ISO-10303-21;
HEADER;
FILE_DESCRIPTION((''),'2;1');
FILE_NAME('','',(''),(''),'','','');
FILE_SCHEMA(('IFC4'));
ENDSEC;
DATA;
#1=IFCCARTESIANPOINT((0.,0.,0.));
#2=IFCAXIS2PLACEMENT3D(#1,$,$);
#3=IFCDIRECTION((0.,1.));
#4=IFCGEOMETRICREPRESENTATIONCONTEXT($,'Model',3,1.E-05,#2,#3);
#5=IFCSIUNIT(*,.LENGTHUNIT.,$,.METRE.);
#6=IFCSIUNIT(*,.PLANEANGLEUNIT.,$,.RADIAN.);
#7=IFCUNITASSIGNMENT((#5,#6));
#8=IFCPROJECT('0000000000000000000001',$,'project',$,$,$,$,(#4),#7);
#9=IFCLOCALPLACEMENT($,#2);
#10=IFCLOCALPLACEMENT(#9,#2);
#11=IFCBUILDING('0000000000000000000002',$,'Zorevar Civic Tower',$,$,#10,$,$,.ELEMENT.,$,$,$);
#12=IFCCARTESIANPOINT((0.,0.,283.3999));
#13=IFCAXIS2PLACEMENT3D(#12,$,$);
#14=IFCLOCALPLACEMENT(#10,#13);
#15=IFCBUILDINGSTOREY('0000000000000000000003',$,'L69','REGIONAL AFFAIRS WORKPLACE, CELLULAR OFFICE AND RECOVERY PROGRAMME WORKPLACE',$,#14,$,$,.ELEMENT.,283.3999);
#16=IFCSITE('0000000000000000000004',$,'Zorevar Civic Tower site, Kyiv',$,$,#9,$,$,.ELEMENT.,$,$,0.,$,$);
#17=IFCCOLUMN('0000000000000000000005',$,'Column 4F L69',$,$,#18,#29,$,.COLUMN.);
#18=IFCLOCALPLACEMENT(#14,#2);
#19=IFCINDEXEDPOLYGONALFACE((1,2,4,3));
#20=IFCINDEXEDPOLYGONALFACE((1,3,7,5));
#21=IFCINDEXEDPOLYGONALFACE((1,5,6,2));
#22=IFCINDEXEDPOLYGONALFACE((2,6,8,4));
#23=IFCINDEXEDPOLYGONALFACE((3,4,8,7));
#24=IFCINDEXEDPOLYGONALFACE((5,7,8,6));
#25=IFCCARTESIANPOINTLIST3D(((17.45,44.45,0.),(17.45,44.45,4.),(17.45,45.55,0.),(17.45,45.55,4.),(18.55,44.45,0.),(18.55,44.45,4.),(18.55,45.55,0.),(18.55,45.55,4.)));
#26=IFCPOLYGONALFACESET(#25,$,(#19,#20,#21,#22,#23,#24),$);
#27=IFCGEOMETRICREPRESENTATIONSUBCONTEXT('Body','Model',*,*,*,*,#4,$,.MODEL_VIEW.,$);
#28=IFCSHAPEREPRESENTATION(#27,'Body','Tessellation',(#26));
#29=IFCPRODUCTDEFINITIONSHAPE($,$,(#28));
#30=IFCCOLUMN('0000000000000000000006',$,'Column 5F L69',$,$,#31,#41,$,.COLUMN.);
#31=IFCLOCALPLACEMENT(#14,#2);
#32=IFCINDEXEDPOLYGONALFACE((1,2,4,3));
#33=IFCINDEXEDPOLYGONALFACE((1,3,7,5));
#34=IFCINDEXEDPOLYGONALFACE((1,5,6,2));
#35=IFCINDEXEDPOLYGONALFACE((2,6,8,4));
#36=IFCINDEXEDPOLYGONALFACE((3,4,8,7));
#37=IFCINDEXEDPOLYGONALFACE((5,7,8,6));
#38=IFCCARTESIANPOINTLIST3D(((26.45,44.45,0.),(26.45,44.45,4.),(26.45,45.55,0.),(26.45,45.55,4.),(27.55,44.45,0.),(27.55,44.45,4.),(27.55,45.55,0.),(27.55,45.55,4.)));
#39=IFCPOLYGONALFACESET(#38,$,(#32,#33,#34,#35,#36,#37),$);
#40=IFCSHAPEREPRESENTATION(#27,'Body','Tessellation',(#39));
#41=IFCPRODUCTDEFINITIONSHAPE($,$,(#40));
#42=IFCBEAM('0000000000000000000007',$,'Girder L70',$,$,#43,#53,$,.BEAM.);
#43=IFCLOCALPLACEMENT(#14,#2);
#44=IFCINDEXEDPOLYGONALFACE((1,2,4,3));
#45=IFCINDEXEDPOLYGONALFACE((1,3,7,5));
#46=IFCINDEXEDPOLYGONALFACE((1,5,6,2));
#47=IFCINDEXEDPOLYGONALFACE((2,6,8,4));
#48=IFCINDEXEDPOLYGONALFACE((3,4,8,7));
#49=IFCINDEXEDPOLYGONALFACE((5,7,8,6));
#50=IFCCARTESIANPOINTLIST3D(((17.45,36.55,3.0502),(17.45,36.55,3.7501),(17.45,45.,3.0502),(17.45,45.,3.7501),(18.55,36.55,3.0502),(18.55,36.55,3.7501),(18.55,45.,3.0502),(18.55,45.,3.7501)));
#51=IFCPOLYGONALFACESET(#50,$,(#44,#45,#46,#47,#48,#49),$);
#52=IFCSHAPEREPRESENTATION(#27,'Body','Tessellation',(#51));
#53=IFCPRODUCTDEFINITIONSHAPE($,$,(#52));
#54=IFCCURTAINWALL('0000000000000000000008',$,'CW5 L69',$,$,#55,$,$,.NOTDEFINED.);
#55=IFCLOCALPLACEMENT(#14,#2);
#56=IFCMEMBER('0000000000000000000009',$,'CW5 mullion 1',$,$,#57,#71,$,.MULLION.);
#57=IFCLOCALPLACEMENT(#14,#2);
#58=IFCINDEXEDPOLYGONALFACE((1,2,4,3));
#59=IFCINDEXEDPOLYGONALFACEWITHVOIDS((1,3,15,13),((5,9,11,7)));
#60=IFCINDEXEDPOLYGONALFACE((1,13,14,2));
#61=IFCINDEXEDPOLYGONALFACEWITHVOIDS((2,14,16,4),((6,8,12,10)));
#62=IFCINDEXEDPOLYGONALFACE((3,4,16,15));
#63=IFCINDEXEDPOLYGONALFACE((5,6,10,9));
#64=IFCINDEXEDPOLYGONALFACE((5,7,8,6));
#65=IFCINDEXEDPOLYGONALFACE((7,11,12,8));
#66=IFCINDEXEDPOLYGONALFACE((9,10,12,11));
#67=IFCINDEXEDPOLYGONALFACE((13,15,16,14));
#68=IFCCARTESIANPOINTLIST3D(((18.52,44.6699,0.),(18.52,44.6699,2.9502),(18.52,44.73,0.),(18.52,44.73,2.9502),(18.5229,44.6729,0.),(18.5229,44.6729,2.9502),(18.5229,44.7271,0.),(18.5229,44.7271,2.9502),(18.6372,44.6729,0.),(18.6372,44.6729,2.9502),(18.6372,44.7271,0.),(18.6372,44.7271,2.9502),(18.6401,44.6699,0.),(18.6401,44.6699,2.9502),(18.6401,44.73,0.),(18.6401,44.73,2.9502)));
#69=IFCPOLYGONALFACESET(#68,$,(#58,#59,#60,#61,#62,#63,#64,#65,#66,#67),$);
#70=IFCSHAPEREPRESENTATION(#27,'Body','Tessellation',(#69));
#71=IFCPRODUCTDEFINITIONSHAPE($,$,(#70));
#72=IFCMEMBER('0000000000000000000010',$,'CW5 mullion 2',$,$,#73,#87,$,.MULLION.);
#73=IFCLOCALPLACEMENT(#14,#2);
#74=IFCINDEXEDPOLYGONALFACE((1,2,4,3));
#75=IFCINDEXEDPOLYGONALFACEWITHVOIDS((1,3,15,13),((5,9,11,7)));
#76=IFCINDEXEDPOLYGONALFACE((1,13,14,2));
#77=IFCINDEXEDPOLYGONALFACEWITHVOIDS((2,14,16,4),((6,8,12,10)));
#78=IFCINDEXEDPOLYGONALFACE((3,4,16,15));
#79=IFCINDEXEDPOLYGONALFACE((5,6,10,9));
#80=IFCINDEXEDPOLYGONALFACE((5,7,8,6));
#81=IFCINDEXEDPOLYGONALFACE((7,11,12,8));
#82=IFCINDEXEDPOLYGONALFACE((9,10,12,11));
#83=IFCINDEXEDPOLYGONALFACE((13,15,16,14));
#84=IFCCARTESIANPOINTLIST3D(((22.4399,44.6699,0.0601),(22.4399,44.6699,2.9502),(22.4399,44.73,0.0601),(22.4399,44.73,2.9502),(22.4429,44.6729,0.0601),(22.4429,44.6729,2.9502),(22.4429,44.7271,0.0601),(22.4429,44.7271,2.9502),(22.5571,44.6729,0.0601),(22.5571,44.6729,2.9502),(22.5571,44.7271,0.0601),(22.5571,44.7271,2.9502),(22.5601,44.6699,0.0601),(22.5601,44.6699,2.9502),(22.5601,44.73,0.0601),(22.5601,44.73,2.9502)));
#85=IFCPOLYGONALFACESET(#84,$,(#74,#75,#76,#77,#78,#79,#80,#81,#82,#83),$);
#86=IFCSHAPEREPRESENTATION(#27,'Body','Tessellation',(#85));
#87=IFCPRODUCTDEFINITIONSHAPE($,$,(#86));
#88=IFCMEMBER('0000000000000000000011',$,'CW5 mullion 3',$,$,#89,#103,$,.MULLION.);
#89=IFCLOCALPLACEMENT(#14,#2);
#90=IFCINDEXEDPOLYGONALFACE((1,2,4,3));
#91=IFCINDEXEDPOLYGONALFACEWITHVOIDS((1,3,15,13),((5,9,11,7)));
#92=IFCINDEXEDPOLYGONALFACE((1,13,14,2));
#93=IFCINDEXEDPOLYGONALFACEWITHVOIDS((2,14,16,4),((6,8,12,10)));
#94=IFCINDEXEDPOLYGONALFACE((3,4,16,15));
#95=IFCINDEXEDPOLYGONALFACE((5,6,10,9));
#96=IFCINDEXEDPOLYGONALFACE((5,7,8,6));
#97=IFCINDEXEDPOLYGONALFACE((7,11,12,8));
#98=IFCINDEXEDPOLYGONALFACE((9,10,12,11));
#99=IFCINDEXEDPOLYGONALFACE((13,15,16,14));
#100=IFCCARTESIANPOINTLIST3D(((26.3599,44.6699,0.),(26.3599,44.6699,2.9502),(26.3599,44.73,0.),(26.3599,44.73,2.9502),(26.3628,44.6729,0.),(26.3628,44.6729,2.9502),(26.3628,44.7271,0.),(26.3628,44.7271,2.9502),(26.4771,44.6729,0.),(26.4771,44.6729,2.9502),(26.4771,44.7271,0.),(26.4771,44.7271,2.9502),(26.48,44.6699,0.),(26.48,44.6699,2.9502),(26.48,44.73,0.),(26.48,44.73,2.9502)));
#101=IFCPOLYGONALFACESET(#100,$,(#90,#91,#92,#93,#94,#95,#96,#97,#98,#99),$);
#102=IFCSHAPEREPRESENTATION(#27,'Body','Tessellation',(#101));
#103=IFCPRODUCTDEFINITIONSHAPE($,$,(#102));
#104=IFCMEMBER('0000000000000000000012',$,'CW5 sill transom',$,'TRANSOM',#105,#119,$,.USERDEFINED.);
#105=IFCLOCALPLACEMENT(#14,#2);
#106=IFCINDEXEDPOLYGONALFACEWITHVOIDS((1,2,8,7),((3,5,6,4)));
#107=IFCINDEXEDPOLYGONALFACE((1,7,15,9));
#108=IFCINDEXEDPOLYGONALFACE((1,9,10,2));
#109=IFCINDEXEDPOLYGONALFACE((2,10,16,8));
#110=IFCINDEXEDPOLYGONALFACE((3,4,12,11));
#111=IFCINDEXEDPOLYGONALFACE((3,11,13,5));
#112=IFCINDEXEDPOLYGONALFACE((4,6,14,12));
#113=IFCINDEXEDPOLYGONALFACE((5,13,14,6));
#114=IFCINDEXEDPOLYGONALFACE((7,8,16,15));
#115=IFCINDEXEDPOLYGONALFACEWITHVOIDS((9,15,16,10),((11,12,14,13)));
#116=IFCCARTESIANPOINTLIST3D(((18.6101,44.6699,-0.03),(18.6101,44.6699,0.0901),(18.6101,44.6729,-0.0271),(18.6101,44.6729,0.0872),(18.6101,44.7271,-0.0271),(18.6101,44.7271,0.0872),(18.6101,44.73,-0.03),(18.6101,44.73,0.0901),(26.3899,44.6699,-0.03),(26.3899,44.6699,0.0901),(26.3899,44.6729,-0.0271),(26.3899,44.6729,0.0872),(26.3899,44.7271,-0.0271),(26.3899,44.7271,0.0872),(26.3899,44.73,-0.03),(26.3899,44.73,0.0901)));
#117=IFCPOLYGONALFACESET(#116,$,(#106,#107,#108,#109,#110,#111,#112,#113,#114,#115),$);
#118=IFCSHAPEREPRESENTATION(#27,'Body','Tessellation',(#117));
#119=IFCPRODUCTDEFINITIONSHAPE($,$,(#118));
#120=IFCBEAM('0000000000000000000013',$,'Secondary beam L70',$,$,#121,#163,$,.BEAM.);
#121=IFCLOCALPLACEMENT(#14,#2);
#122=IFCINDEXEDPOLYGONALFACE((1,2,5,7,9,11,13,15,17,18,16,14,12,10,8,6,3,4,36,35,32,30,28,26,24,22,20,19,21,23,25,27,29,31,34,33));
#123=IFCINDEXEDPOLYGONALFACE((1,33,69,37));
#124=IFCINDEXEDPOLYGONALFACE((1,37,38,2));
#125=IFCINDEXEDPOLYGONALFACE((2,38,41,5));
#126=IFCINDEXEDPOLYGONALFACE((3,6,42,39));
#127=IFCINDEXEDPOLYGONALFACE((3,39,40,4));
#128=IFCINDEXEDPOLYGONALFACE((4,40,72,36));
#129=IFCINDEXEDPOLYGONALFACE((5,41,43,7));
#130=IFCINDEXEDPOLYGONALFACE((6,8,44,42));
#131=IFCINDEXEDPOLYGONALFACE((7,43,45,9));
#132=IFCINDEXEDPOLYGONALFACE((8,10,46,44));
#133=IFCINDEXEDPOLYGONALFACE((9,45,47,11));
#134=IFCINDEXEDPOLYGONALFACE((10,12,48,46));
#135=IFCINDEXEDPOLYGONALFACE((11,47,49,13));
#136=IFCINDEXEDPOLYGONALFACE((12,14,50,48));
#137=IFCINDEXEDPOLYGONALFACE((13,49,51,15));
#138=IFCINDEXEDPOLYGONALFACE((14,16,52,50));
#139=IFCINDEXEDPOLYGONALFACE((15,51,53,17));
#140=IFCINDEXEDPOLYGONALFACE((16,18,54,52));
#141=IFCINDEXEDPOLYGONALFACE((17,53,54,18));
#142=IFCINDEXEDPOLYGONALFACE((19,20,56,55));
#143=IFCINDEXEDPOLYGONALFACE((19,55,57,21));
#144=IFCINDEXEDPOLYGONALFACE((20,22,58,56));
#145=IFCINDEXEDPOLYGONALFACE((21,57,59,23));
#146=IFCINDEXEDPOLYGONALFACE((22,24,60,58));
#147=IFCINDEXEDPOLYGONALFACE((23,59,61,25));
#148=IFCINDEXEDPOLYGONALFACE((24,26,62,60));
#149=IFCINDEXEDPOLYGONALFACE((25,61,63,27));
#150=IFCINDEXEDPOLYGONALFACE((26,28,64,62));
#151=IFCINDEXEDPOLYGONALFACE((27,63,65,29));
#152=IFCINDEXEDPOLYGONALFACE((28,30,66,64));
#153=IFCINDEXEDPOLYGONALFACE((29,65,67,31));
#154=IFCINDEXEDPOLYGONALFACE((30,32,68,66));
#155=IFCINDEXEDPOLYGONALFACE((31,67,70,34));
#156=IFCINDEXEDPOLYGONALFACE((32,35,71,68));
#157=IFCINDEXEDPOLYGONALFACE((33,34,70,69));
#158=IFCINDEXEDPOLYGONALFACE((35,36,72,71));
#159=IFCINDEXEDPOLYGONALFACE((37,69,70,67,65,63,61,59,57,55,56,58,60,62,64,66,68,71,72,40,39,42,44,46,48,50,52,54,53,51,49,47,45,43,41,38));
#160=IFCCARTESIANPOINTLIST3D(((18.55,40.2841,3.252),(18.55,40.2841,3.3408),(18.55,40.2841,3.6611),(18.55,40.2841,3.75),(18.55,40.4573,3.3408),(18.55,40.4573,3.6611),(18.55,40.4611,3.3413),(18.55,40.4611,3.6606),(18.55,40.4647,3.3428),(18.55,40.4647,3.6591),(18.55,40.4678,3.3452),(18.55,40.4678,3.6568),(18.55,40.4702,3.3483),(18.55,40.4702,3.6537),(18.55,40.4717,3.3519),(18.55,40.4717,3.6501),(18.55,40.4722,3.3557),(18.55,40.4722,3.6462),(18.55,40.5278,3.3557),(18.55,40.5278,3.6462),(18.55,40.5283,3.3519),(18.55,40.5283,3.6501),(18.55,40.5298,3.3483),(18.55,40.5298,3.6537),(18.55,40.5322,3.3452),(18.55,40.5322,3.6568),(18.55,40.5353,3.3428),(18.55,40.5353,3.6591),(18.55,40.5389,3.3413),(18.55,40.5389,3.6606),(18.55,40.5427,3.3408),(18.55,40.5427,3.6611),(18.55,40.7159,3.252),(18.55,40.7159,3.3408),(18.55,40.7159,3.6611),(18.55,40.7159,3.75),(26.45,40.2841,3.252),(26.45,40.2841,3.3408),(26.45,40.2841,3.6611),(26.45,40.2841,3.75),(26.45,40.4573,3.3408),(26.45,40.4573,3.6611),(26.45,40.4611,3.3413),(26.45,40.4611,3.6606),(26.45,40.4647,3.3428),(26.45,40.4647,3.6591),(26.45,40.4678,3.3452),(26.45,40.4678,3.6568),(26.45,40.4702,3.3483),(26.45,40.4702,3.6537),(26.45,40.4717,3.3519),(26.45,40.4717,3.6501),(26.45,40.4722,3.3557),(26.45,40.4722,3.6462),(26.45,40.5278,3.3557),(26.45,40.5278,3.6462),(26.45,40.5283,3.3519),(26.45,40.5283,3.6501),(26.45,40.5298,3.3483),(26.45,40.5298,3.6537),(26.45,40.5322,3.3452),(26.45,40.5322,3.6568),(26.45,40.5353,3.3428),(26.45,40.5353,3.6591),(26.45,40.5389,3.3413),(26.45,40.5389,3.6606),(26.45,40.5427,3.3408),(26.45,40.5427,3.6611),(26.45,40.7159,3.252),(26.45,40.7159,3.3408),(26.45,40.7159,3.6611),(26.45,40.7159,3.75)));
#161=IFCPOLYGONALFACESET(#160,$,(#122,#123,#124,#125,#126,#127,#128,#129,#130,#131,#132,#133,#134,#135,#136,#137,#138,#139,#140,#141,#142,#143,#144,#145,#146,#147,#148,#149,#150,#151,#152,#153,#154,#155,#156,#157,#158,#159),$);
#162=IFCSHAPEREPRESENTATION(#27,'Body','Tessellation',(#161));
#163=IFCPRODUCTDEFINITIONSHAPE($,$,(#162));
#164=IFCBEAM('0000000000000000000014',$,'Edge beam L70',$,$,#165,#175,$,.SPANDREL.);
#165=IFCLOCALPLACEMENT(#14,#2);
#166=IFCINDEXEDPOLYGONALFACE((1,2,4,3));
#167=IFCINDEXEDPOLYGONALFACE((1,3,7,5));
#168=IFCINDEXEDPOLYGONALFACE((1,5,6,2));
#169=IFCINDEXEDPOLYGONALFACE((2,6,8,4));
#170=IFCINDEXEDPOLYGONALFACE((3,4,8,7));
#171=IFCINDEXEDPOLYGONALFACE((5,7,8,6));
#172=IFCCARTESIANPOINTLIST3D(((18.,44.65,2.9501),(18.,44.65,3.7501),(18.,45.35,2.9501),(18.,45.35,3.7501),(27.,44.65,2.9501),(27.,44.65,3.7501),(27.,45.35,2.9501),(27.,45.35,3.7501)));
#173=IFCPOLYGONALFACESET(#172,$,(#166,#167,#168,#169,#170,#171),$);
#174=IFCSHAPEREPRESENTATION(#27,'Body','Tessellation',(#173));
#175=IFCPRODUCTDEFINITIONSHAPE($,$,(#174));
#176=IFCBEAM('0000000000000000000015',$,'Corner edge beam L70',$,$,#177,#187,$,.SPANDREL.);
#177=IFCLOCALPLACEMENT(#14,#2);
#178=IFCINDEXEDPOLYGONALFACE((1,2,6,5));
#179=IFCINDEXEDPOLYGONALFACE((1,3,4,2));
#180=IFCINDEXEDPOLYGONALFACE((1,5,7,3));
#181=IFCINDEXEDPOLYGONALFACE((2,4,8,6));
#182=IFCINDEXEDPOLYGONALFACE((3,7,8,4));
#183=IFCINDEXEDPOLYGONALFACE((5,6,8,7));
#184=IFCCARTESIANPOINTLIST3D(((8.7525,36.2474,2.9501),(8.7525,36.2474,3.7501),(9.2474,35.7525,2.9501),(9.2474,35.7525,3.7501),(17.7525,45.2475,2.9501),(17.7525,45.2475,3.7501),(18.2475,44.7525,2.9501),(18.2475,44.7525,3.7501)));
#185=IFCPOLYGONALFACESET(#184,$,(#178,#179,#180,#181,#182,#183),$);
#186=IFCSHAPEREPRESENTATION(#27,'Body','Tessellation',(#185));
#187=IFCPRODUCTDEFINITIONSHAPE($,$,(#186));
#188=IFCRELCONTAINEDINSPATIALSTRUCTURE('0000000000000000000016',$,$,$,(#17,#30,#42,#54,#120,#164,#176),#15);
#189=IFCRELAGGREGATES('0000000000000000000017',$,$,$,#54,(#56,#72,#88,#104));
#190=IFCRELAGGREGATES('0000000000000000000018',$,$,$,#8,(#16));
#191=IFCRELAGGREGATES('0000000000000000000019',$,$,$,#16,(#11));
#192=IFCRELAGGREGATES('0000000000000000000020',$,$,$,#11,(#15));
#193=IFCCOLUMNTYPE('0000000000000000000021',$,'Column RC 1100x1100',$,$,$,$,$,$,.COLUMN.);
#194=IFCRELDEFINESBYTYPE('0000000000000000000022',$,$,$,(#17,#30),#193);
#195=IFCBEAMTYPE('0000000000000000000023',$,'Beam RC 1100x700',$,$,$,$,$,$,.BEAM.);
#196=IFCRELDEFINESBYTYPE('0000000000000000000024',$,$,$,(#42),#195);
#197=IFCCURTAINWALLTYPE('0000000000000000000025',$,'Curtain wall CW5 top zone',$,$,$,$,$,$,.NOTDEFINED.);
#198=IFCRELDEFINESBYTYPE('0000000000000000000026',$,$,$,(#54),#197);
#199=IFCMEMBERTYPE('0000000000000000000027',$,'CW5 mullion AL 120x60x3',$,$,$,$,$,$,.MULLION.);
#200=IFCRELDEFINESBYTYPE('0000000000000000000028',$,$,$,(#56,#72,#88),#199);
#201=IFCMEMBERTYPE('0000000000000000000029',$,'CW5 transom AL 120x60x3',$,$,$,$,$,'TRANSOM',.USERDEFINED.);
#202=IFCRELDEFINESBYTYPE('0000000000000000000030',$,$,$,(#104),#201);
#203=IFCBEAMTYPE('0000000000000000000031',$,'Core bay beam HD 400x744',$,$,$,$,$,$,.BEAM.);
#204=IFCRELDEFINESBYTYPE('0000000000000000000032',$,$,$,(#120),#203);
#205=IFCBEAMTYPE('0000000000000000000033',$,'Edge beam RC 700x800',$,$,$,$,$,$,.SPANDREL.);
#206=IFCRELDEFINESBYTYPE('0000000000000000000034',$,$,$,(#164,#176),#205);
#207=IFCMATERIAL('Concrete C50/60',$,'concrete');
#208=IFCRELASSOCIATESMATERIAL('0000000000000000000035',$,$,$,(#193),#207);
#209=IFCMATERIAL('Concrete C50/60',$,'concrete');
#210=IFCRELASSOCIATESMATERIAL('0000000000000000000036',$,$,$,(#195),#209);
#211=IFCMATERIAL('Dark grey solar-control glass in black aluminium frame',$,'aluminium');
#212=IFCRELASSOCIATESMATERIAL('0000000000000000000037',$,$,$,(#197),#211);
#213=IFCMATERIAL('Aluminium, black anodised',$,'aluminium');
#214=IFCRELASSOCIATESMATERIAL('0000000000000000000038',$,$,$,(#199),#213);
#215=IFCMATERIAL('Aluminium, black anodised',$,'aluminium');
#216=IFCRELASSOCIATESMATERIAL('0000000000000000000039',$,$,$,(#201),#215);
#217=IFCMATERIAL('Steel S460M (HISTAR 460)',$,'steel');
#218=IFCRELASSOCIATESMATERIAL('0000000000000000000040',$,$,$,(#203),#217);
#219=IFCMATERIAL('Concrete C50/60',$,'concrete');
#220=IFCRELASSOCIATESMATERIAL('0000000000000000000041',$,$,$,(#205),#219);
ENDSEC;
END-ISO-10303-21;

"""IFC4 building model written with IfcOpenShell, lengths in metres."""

from ifc_helpers import new_model, si_unit, direction, frame, origin, origin_2d, place, context, subcontext, project, spatial, rectangle, hollow_rectangle, i_section, extrude, material, material_profile, profile_set, type_object, element, aggregate, save


model = new_model("IFC4")

# Units and contexts
model_context = context("Model", 3, precision=1e-05, world=origin(), true_north=direction((0.0, 1.0)))
body_context = subcontext(model_context, "Body", "Model", "MODEL_VIEW")
ifc_project = project(units=[si_unit("LENGTHUNIT", "METRE"), si_unit("PLANEANGLEUNIT", "RADIAN")], contexts=[model_context])

# Site, building, storey
site_placement = place(None, origin())
site = spatial("IfcSite", under=ifc_project, at=site_placement, Name="Zorevar Civic Tower site, Kyiv", CompositionType="ELEMENT", RefElevation=0.0)
building_placement = place(site_placement, origin())
building = spatial("IfcBuilding", under=site, at=building_placement, Name="Zorevar Civic Tower", CompositionType="ELEMENT")
storey_placement = place(building_placement, frame((0.0, 0.0, 283.3999)))
storey = spatial("IfcBuildingStorey", under=building, at=storey_placement, Name="L69", Description="REGIONAL AFFAIRS WORKPLACE, CELLULAR OFFICE AND RECOVERY PROGRAMME WORKPLACE", CompositionType="ELEMENT", Elevation=283.3999)

# Columns
ifc_material_1 = material(Name="Concrete C50/60", Category="concrete")
ifc_material_profile_1 = material_profile(ifc_material_1, rectangle(XDim=1.1001, YDim=1.1001, at=origin_2d()), Name="RC 1100x1100")
ifc_profile_set_1 = profile_set([ifc_material_profile_1], Name="Concrete C50/60")
column_type = type_object("IfcColumnType", Name="Column RC 1100x1100", PredefinedType="COLUMN", material=ifc_profile_set_1)
for number, where, z_axis, x_axis, name in (
    (1, (18.0, 45.0, 0.0), (0.0, 0.0, 1.0), (1.0, 0.0, 0.0), "Column 4F L69"),
    (2, (27.0, 45.0, 0.0), (0.0, 0.0, 1.0), (1.0, 0.0, 0.0), "Column 5F L69"),
):
    element("IfcColumn", number, at=place(storey_placement, frame(where, z_axis=z_axis, x_axis=x_axis)), inside=storey, type_object=column_type, Name=name, PredefinedType="COLUMN", context=body_context, shape_type="SweptSolid", body=[
        extrude(rectangle(XDim=1.1001, YDim=1.1001, at=origin_2d()), origin(), (0.0, 0.0, 1.0), 4.0),
    ])

# Beam
ifc_material_2 = material(Name="Concrete C50/60", Category="concrete")
ifc_material_profile_2 = material_profile(ifc_material_2, rectangle(XDim=1.1001, YDim=0.7, at=origin_2d()), Name="RC 1100x700")
ifc_profile_set_2 = profile_set([ifc_material_profile_2], Name="Concrete C50/60")
beam_type_1 = type_object("IfcBeamType", Name="Beam RC 1100x700", PredefinedType="BEAM", material=ifc_profile_set_2)
beam_1_placement = place(storey_placement, frame((18.0, 36.55, 3.4001), z_axis=(0.0, 1.0, 0.0), x_axis=(-1.0, 0.0, 0.0)))
element("IfcBeam", 3, at=beam_1_placement, inside=storey, type_object=beam_type_1, Name="Girder L70", PredefinedType="BEAM", context=body_context, shape_type="SweptSolid", body=[
    extrude(rectangle(XDim=1.1001, YDim=0.7, at=origin_2d()), origin(), (0.0, 0.0, 1.0), 8.45),
])

# Curtain wall, members
ifc_material_3 = material(Name="Dark grey solar-control glass in black aluminium frame", Category="aluminium")
curtain_wall_type = type_object("IfcCurtainWallType", Name="Curtain wall CW5 top zone", PredefinedType="NOTDEFINED", material=ifc_material_3)
curtain_wall_placement = place(storey_placement, origin())
curtain_wall = element("IfcCurtainWall", 4, at=curtain_wall_placement, inside=storey, type_object=curtain_wall_type, Name="CW5 L69", PredefinedType="NOTDEFINED")
ifc_material_4 = material(Name="Aluminium, black anodised", Category="aluminium")
ifc_material_profile_3 = material_profile(ifc_material_4, hollow_rectangle(XDim=0.0601, YDim=0.1201, WallThickness=0.0029, at=origin_2d()), Name="AL 120x60x3")
ifc_profile_set_3 = profile_set([ifc_material_profile_3], Name="Aluminium, black anodised")
member_type_1 = type_object("IfcMemberType", Name="CW5 mullion AL 120x60x3", PredefinedType="MULLION", material=ifc_profile_set_3)
member_1_placement = place(storey_placement, frame((18.5801, 44.7, 0.0), z_axis=(0.0, 0.0, 1.0), x_axis=(0.0, 1.0, 0.0)))
member_1 = element("IfcMember", 5, at=member_1_placement, type_object=member_type_1, Name="CW5 mullion 1", PredefinedType="MULLION", context=body_context, shape_type="SweptSolid", body=[
    extrude(hollow_rectangle(XDim=0.0601, YDim=0.1201, WallThickness=0.0029, at=origin_2d()), origin(), (0.0, 0.0, 1.0), 2.9502),
])
member_2_placement = place(storey_placement, frame((22.5, 44.7, 0.0601), z_axis=(0.0, 0.0, 1.0), x_axis=(0.0, 1.0, 0.0)))
member_2 = element("IfcMember", 6, at=member_2_placement, type_object=member_type_1, Name="CW5 mullion 2", PredefinedType="MULLION", context=body_context, shape_type="SweptSolid", body=[
    extrude(hollow_rectangle(XDim=0.0601, YDim=0.1201, WallThickness=0.0029, at=origin_2d()), origin(), (0.0, 0.0, 1.0), 2.8901),
])
member_3_placement = place(storey_placement, frame((26.4199, 44.7, 0.0), z_axis=(0.0, 0.0, 1.0), x_axis=(0.0, 1.0, 0.0)))
member_3 = element("IfcMember", 7, at=member_3_placement, type_object=member_type_1, Name="CW5 mullion 3", PredefinedType="MULLION", context=body_context, shape_type="SweptSolid", body=[
    extrude(hollow_rectangle(XDim=0.0601, YDim=0.1201, WallThickness=0.0029, at=origin_2d()), origin(), (0.0, 0.0, 1.0), 2.9502),
])
ifc_material_5 = material(Name="Aluminium, black anodised", Category="aluminium")
ifc_material_profile_4 = material_profile(ifc_material_5, hollow_rectangle(XDim=0.0601, YDim=0.1201, WallThickness=0.0029, at=origin_2d()), Name="AL 120x60x3")
ifc_profile_set_4 = profile_set([ifc_material_profile_4], Name="Aluminium, black anodised")
member_type_2 = type_object("IfcMemberType", Name="CW5 transom AL 120x60x3", ElementType="TRANSOM", PredefinedType="USERDEFINED", material=ifc_profile_set_4)
member_4_placement = place(storey_placement, frame((18.6101, 44.7, 0.03), z_axis=(1.0, 0.0, 0.0), x_axis=(0.0, 1.0, 0.0)))
member_4 = element("IfcMember", 8, at=member_4_placement, type_object=member_type_2, Name="CW5 sill transom", ObjectType="TRANSOM", PredefinedType="USERDEFINED", context=body_context, shape_type="SweptSolid", body=[
    extrude(hollow_rectangle(XDim=0.0601, YDim=0.1201, WallThickness=0.0029, at=origin_2d()), origin(), (0.0, 0.0, 1.0), 7.7798),
])

# Beams
ifc_material_6 = material(Name="Steel S460M (HISTAR 460)", Category="steel")
ifc_material_profile_5 = material_profile(ifc_material_6, i_section(OverallWidth=0.4319, OverallDepth=0.498, WebThickness=0.0557, FlangeThickness=0.0889, FilletRadius=0.0149, at=origin_2d()), Name="HD 400x744")
ifc_profile_set_5 = profile_set([ifc_material_profile_5], Name="Steel S460M (HISTAR 460)")
beam_type_2 = type_object("IfcBeamType", Name="Core bay beam HD 400x744", PredefinedType="BEAM", material=ifc_profile_set_5)
beam_2_placement = place(storey_placement, frame((18.55, 40.5, 3.501), z_axis=(1.0, 0.0, 0.0), x_axis=(0.0, 1.0, 0.0)))
element("IfcBeam", 9, at=beam_2_placement, inside=storey, type_object=beam_type_2, Name="Secondary beam L70", PredefinedType="BEAM", context=body_context, shape_type="SweptSolid", body=[
    extrude(i_section(OverallWidth=0.4319, OverallDepth=0.498, WebThickness=0.0557, FlangeThickness=0.0889, FilletRadius=0.0149, at=origin_2d()), origin(), (0.0, 0.0, 1.0), 7.8999),
])
ifc_material_7 = material(Name="Concrete C50/60", Category="concrete")
ifc_material_profile_6 = material_profile(ifc_material_7, rectangle(XDim=0.7, YDim=0.8, at=origin_2d()), Name="RC 700x800")
ifc_profile_set_6 = profile_set([ifc_material_profile_6], Name="Concrete C50/60")
beam_type_3 = type_object("IfcBeamType", Name="Edge beam RC 700x800", PredefinedType="SPANDREL", material=ifc_profile_set_6)
beam_3_placement = place(storey_placement, frame((18.0, 45.0, 3.3501), z_axis=(1.0, 0.0, 0.0), x_axis=(0.0, 1.0, 0.0)))
element("IfcBeam", 10, at=beam_3_placement, inside=storey, type_object=beam_type_3, Name="Edge beam L70", PredefinedType="SPANDREL", context=body_context, shape_type="SweptSolid", body=[
    extrude(rectangle(XDim=0.7, YDim=0.8, at=origin_2d()), origin(), (0.0, 0.0, 1.0), 9.0),
])
beam_4_placement = place(storey_placement, frame((18.0, 45.0, 3.3501), z_axis=(-0.707107, -0.707107, 0.0), x_axis=(0.707107, -0.707107, 0.0)))
element("IfcBeam", 11, at=beam_4_placement, inside=storey, type_object=beam_type_3, Name="Corner edge beam L70", PredefinedType="SPANDREL", context=body_context, shape_type="SweptSolid", body=[
    extrude(rectangle(XDim=0.7, YDim=0.8, at=origin_2d()), origin(), (0.0, 0.0, 1.0), 12.728),
])

aggregate(curtain_wall, [member_1, member_2, member_3, member_4])

save(model, "model.ifc")
